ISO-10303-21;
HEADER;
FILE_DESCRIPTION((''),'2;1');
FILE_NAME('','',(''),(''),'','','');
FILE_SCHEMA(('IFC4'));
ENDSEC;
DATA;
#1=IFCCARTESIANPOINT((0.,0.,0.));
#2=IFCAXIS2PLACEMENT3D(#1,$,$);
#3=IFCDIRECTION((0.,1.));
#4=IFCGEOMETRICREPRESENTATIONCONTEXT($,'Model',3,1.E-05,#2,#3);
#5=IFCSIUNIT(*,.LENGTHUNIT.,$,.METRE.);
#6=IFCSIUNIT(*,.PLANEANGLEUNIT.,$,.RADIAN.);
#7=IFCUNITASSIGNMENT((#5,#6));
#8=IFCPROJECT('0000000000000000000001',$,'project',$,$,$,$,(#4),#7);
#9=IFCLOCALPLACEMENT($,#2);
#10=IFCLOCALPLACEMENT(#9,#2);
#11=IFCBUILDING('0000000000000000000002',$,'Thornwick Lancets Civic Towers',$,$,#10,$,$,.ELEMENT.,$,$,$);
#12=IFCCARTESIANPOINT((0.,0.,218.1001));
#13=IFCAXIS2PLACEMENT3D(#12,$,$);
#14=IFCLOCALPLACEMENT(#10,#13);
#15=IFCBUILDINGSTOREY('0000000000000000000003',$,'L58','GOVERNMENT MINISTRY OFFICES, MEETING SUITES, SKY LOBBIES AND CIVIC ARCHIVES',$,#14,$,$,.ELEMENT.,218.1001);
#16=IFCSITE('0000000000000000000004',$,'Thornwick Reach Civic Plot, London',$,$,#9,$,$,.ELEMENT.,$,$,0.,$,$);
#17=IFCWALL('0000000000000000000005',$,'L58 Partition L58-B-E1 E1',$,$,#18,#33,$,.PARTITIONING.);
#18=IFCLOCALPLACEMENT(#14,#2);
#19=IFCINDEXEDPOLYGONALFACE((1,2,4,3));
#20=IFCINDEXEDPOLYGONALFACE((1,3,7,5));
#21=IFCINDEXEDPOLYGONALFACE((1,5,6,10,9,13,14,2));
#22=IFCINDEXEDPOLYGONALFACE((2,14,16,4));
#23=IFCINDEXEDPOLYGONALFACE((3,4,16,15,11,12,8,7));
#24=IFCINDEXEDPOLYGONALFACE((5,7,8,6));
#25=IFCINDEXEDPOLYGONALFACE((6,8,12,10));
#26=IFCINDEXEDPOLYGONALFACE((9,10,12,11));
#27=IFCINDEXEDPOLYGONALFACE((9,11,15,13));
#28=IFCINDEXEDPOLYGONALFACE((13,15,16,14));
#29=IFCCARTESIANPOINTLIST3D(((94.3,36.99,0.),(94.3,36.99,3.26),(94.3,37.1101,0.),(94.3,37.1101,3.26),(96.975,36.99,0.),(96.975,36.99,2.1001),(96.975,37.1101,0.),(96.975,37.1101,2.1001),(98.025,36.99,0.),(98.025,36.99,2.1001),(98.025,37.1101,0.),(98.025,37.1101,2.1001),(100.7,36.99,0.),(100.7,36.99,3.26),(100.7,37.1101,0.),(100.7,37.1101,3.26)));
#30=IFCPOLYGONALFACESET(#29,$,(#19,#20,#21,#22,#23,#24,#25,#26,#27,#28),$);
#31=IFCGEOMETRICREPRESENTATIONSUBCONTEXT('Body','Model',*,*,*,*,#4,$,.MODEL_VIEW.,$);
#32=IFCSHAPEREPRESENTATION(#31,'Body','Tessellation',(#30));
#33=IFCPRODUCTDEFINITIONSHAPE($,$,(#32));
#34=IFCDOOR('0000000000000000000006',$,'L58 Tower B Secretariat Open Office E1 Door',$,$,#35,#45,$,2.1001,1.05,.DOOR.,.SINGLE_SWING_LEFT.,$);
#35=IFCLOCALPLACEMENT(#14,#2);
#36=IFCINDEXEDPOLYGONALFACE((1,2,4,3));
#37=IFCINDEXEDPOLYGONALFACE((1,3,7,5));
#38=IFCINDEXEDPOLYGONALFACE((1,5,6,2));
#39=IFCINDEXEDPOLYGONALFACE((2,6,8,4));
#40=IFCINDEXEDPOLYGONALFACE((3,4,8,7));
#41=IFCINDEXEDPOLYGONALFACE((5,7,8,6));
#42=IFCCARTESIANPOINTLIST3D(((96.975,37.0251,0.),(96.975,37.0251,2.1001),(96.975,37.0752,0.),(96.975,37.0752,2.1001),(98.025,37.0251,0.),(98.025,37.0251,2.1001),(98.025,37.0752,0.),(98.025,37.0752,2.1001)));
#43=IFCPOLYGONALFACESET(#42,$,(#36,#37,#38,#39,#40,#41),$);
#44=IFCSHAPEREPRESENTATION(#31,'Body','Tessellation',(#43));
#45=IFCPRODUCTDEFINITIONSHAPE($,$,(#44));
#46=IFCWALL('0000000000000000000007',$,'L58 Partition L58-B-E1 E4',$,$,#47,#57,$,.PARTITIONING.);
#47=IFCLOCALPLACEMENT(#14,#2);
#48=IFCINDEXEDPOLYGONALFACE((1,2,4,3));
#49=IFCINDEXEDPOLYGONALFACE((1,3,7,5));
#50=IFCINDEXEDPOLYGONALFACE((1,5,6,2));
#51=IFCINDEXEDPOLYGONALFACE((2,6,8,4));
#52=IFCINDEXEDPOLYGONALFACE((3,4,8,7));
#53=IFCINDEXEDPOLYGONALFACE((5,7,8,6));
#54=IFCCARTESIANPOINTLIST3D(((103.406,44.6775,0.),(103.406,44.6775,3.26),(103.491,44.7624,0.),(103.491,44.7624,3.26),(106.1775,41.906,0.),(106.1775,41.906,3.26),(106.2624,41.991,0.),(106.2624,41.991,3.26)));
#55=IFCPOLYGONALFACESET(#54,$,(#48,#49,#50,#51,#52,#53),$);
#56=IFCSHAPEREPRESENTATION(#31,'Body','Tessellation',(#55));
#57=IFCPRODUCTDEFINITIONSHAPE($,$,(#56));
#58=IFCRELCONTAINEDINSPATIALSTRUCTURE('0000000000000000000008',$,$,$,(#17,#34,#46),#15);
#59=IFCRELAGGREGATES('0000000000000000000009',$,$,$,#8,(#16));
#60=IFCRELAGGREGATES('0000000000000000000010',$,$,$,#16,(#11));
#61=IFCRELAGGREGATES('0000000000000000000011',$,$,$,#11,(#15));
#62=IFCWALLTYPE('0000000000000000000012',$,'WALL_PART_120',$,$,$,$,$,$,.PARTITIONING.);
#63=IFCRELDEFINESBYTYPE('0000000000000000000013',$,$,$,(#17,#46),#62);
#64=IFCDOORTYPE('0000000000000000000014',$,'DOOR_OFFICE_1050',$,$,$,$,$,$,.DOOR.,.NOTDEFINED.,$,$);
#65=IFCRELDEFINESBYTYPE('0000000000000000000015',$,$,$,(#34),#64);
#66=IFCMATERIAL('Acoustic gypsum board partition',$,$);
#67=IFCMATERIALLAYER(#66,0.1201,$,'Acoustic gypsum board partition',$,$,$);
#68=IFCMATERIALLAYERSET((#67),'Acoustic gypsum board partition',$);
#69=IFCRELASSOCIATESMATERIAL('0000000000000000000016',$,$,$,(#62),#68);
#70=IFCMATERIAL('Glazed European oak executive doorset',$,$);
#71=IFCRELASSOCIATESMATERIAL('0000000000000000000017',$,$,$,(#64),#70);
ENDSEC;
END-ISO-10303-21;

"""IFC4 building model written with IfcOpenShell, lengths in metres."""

from ifc_helpers import new_model, si_unit, direction, frame, frame_2d, origin, place, context, subcontext, project, spatial, rectangle, extrude, material, layer, layer_set, type_object, element, fill, save


model = new_model("IFC4")

# Units and contexts
model_context = context("Model", 3, precision=1e-05, world=origin(), true_north=direction((0.0, 1.0)))
body_context = subcontext(model_context, "Body", "Model", "MODEL_VIEW")
ifc_project = project(units=[si_unit("LENGTHUNIT", "METRE"), si_unit("PLANEANGLEUNIT", "RADIAN")], contexts=[model_context])

# Site, building, storey
site_placement = place(None, origin())
site = spatial("IfcSite", under=ifc_project, at=site_placement, Name="Thornwick Reach Civic Plot, London", CompositionType="ELEMENT", RefElevation=0.0)
building_placement = place(site_placement, origin())
building = spatial("IfcBuilding", under=site, at=building_placement, Name="Thornwick Lancets Civic Towers", CompositionType="ELEMENT")
storey_placement = place(building_placement, frame((0.0, 0.0, 218.1001)))
storey = spatial("IfcBuildingStorey", under=building, at=storey_placement, Name="L58", Description="GOVERNMENT MINISTRY OFFICES, MEETING SUITES, SKY LOBBIES AND CIVIC ARCHIVES", CompositionType="ELEMENT", Elevation=218.1001)

# Shared definitions
ifc_material_1 = material(Name="Acoustic gypsum board partition")
ifc_layer_1 = layer(ifc_material_1, 0.1201, Name="Acoustic gypsum board partition")
ifc_layer_set_1 = layer_set([ifc_layer_1], Name="Acoustic gypsum board partition")
wall_type_1 = type_object("IfcWallType", Name="WALL_PART_120", PredefinedType="PARTITIONING", material=ifc_layer_set_1)

# Wall, opening, door
wall_1_placement = place(storey_placement, frame((100.7, 37.05, 0.0), z_axis=(0.0, 0.0, 1.0), x_axis=(-1.0, 0.0, 0.0)))
wall_1 = element("IfcWall", 1, at=wall_1_placement, inside=storey, type_object=wall_type_1, Name="L58 Partition L58-B-E1 E1", PredefinedType="PARTITIONING", context=body_context, shape_type="SweptSolid", body=[
    extrude(rectangle(XDim=6.3999, YDim=0.1201, at=frame_2d((3.2, 0.0))), origin(), (0.0, 0.0, 1.0), 3.26),
])
opening_1_placement = place(wall_1_placement, frame((2.675, 0.0, 0.0)))
opening_1 = element("IfcOpeningElement", 2, at=opening_1_placement, cuts=wall_1, PredefinedType="OPENING", context=body_context, shape_type="SweptSolid", body=[
    extrude(rectangle(XDim=1.05, YDim=2.1001, at=frame_2d((0.5249, 1.05))), frame((0.0, 0.0701, 0.0), z_axis=(0.0, -1.0, 0.0), x_axis=(1.0, 0.0, 0.0)), (0.0, 0.0, 1.0), 0.1401),
])
ifc_material_2 = material(Name="Glazed European oak executive doorset")
door_type_1 = type_object("IfcDoorType", Name="DOOR_OFFICE_1050", OperationType="NOTDEFINED", PredefinedType="DOOR", material=ifc_material_2)
door_1_placement = place(opening_1_placement, origin())
door_1 = element("IfcDoor", 3, at=door_1_placement, inside=storey, type_object=door_type_1, Name="L58 Tower B Secretariat Open Office E1 Door", OperationType="SINGLE_SWING_LEFT", OverallHeight=2.1001, OverallWidth=1.05, PredefinedType="DOOR", context=body_context, shape_type="SweptSolid", body=[
    extrude(rectangle(XDim=1.05, YDim=2.1001, at=frame_2d((0.5249, 1.05))), frame((0.0, 0.0249, 0.0), z_axis=(0.0, -1.0, 0.0), x_axis=(1.0, 0.0, 0.0)), (0.0, 0.0, 1.0), 0.05),
])
fill(opening_1, door_1)

# Wall
wall_2_placement = place(storey_placement, frame((103.4485, 44.72, 0.0), z_axis=(0.0, 0.0, 1.0), x_axis=(0.707107, -0.707107, 0.0)))
element("IfcWall", 4, at=wall_2_placement, inside=storey, type_object=wall_type_1, Name="L58 Partition L58-B-E1 E4", PredefinedType="PARTITIONING", context=body_context, shape_type="SweptSolid", body=[
    extrude(rectangle(XDim=3.9194, YDim=0.1201, at=frame_2d((1.9597, 0.0))), origin(), (0.0, 0.0, 1.0), 3.26),
])

save(model, "model.ifc")
